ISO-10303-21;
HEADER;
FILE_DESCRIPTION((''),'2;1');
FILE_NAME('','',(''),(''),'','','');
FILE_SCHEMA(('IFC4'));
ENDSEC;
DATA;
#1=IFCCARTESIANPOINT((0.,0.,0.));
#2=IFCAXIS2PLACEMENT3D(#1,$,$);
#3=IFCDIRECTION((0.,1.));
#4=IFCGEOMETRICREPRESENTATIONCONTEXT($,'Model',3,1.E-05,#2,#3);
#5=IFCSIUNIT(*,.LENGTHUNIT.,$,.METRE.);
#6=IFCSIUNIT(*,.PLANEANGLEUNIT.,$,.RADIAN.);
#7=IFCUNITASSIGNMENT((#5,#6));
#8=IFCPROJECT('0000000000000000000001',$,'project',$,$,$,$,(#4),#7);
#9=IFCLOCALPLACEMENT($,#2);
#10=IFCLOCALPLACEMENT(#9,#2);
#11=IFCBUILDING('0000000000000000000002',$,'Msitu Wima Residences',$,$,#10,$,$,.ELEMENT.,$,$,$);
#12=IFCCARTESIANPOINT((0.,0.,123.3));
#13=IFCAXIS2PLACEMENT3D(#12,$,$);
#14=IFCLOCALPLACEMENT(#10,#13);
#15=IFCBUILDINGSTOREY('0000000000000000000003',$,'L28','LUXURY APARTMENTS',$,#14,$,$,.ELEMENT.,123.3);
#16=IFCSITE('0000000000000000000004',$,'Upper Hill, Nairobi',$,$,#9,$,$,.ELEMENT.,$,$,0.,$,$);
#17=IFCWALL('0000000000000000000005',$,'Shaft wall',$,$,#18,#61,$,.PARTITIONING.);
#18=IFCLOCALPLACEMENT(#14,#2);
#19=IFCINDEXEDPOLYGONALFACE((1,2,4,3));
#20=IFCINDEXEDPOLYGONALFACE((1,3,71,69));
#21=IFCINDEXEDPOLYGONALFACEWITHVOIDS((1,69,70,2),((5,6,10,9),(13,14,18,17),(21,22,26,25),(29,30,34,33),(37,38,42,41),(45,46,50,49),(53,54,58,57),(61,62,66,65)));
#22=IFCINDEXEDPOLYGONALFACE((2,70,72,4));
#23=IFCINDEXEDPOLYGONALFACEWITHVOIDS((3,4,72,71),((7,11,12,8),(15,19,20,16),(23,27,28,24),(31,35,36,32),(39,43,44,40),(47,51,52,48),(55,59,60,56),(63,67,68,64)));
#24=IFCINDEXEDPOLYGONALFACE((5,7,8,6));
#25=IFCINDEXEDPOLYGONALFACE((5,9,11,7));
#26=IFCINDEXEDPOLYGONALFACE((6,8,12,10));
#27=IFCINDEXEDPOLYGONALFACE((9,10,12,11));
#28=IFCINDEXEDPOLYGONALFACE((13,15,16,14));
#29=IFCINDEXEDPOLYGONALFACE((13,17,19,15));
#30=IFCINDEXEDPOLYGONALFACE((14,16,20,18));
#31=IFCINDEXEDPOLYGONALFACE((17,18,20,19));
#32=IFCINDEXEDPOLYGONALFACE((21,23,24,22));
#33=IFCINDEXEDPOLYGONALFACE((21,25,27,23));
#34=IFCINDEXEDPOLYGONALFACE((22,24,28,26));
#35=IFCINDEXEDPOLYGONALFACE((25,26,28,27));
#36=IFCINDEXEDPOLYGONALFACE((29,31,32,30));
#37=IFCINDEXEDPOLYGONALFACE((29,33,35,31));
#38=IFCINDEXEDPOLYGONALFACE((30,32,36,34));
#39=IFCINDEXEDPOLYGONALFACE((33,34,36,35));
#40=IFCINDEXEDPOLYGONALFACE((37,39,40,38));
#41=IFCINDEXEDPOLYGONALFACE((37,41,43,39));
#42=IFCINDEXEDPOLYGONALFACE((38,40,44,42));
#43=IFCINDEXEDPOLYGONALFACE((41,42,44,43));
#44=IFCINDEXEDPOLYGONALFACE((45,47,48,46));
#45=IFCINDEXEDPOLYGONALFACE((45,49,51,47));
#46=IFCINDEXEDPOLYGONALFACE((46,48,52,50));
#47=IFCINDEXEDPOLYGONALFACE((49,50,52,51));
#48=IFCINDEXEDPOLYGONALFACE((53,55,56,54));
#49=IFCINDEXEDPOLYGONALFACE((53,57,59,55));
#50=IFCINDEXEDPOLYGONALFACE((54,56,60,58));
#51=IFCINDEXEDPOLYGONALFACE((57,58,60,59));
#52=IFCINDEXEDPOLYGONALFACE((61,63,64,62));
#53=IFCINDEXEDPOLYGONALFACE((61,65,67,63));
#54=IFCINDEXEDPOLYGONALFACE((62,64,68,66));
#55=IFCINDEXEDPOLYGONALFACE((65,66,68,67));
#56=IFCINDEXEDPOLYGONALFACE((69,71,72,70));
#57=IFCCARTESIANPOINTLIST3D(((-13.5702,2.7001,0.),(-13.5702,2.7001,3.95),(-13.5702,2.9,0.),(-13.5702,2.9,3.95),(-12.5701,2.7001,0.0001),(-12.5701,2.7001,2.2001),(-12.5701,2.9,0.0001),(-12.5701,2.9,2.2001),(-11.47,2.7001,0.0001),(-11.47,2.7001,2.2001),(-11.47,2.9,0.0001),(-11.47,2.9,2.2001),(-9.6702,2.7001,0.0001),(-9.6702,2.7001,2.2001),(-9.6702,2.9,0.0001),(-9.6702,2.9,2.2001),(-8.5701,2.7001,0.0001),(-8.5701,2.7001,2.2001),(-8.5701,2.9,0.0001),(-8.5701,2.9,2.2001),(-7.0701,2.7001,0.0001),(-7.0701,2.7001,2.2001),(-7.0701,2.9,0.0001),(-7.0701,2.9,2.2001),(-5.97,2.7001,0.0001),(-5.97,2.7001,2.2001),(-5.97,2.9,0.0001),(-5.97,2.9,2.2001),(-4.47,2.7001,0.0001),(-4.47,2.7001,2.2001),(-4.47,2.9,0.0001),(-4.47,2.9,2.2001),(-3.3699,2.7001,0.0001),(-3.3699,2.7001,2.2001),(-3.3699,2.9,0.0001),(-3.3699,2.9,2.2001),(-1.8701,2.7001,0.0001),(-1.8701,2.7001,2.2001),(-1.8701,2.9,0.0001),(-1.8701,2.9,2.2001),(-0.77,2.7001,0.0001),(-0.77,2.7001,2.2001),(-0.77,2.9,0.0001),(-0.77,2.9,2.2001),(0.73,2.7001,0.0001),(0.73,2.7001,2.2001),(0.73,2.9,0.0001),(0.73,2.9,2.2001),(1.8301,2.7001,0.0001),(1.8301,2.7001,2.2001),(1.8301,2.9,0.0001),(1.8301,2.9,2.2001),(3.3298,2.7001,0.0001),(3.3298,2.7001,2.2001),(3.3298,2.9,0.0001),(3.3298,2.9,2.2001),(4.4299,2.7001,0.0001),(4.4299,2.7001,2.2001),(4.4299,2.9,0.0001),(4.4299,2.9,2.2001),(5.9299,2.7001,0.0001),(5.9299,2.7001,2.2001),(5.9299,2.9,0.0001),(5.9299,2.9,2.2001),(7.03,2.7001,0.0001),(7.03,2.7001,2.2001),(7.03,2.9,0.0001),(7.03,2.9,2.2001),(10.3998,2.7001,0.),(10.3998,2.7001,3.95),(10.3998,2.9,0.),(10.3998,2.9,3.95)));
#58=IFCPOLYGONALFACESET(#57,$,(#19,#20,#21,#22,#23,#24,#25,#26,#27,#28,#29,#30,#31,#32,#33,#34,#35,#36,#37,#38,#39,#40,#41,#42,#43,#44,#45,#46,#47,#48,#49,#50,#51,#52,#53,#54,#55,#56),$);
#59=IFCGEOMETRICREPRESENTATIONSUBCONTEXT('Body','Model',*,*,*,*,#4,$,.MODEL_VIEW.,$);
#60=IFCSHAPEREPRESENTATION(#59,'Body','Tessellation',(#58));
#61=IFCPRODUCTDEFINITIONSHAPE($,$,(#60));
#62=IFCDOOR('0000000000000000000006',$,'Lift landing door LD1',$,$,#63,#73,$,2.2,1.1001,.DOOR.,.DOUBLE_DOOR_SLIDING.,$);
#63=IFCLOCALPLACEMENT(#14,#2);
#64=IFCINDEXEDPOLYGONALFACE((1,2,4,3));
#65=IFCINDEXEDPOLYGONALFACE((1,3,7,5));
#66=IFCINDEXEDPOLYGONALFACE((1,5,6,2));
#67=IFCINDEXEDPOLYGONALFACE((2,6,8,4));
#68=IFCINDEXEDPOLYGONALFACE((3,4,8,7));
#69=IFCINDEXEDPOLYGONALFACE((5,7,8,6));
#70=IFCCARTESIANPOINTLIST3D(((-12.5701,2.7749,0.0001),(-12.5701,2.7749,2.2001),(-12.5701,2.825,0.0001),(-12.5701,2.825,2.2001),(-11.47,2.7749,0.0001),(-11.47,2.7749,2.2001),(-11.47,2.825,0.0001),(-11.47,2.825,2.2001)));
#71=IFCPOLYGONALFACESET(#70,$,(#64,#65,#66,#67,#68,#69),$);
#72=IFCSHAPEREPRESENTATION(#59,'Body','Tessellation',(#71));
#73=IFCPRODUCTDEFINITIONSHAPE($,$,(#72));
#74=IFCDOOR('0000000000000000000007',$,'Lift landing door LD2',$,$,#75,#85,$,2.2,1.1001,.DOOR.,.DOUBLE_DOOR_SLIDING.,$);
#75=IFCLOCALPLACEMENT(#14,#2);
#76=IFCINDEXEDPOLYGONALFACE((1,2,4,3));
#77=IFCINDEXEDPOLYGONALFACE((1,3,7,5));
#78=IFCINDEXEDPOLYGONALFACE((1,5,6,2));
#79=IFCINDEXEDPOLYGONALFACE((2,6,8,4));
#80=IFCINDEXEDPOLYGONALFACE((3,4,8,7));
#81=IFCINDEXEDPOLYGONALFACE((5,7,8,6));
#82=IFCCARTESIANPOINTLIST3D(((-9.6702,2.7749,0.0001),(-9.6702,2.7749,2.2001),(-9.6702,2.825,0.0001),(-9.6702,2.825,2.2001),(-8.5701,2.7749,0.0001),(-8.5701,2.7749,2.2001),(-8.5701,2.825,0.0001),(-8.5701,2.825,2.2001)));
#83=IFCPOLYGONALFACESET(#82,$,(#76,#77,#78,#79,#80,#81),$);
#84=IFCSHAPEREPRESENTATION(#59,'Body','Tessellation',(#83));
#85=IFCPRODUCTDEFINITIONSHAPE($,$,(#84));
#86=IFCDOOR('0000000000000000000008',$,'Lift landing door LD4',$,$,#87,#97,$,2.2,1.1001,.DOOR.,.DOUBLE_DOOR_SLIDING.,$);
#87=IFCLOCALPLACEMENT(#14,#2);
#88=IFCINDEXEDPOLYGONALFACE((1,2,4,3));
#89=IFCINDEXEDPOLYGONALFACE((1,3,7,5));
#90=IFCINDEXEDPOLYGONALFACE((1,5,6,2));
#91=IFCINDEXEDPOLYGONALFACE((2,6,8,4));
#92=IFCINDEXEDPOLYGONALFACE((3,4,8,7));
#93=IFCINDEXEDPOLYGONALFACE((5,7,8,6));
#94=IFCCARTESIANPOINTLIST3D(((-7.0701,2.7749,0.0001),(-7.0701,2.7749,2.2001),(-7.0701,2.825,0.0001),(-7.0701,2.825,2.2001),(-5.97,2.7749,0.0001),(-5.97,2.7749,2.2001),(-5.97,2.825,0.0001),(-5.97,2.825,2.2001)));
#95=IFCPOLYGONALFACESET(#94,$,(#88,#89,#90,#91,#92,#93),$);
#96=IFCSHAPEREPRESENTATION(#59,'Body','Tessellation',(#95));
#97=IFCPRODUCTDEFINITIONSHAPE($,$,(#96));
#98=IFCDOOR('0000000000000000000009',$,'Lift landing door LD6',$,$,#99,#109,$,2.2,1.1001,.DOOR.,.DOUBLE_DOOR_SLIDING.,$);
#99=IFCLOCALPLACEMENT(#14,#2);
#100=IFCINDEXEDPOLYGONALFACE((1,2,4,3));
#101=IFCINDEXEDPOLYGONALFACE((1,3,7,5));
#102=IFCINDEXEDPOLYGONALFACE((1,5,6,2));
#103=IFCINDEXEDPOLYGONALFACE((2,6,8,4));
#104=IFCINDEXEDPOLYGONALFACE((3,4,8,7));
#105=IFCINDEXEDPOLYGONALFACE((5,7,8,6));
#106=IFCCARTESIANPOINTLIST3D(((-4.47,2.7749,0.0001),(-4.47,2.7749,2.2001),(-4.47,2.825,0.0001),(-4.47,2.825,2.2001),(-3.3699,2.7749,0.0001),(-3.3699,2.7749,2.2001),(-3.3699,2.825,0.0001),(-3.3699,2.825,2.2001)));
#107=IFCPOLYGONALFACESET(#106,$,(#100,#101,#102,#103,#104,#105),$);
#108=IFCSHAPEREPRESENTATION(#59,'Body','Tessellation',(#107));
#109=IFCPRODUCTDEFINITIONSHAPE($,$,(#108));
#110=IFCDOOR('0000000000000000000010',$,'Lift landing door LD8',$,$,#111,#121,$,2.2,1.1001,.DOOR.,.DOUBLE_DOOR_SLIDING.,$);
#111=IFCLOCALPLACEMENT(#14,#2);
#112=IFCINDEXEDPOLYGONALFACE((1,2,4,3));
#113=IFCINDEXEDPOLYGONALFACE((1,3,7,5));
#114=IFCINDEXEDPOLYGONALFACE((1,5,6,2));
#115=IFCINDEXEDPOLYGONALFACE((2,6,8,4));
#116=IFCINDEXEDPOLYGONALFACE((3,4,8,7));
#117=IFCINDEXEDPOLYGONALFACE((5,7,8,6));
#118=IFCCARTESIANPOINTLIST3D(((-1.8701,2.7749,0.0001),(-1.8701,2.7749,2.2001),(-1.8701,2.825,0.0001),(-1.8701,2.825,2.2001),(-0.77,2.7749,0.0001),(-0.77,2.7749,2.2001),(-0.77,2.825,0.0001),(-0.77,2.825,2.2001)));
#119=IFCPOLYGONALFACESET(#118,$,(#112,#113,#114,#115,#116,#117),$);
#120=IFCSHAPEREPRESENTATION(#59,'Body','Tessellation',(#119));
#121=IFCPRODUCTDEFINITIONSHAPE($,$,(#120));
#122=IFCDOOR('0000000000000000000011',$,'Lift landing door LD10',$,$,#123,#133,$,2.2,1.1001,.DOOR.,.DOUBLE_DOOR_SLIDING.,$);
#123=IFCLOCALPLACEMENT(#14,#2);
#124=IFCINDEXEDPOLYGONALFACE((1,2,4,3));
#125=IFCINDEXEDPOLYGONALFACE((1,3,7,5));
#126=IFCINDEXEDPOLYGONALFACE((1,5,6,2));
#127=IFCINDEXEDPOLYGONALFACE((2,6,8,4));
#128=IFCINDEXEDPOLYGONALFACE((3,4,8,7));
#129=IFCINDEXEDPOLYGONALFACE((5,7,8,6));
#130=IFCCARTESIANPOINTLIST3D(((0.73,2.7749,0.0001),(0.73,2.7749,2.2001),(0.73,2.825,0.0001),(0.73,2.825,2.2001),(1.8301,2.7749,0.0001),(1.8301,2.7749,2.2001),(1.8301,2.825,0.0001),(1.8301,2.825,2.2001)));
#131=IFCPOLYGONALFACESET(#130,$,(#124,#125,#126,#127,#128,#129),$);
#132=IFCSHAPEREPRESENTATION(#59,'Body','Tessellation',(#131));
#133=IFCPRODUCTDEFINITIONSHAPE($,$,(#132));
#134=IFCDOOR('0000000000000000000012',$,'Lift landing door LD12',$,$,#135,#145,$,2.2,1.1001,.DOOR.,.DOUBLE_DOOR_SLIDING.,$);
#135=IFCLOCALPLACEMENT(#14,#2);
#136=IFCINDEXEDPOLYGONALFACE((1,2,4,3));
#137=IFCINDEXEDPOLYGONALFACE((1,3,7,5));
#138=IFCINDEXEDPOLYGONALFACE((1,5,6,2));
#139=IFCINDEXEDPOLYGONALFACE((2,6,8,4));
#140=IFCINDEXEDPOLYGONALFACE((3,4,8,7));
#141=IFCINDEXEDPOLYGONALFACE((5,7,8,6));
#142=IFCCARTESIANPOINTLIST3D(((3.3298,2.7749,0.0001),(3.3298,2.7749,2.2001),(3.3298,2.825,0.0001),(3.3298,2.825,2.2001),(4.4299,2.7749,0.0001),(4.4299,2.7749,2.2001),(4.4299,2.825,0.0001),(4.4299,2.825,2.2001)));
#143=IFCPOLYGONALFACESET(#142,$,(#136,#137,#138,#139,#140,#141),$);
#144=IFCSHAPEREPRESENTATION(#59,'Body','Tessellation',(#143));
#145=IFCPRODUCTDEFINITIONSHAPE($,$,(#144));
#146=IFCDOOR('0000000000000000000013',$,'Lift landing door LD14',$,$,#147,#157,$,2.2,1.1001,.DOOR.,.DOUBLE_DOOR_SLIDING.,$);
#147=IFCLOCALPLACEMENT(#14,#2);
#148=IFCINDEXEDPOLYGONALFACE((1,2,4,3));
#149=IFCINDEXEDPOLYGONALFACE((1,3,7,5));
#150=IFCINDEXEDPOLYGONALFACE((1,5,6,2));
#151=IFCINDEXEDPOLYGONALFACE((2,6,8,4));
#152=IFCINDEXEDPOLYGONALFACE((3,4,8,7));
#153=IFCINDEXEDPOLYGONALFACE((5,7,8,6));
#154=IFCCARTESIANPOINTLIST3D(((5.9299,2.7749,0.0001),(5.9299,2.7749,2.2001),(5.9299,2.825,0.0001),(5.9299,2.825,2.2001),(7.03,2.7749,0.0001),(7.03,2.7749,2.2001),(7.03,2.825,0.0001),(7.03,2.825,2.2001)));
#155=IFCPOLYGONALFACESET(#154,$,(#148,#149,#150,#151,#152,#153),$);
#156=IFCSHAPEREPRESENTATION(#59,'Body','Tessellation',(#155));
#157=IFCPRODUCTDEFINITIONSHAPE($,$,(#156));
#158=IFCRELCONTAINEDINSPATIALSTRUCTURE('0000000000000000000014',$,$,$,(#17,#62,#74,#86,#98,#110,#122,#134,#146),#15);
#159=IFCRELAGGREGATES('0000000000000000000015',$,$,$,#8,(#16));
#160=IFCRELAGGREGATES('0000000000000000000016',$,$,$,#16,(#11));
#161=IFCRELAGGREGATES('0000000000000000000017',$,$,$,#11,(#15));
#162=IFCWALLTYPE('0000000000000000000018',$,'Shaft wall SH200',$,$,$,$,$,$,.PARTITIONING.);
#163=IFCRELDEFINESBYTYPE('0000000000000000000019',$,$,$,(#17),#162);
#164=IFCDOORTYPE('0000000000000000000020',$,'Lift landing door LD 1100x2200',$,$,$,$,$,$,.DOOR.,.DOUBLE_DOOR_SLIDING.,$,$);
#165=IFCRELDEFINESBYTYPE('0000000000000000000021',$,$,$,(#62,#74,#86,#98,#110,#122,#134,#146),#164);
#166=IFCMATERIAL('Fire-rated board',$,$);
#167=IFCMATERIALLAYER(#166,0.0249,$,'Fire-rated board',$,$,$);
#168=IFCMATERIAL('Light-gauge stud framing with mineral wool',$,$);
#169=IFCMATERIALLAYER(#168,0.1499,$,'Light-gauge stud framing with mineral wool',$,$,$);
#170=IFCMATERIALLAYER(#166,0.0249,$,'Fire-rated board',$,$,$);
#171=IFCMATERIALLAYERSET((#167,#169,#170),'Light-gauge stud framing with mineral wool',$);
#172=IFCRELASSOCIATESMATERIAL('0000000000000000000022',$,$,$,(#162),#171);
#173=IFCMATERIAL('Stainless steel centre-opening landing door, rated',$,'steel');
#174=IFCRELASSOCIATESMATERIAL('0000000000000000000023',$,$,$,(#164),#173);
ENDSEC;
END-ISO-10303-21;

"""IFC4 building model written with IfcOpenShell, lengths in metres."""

from ifc_helpers import new_model, si_unit, direction, frame, frame_2d, origin, place, context, subcontext, project, spatial, rectangle, extrude, material, layer, layer_set, type_object, element, fill, save


model = new_model("IFC4")

# Units and contexts
model_context = context("Model", 3, precision=1e-05, world=origin(), true_north=direction((0.0, 1.0)))
body_context = subcontext(model_context, "Body", "Model", "MODEL_VIEW")
ifc_project = project(units=[si_unit("LENGTHUNIT", "METRE"), si_unit("PLANEANGLEUNIT", "RADIAN")], contexts=[model_context])

# Site, building, storey
site_placement = place(None, origin())
site = spatial("IfcSite", under=ifc_project, at=site_placement, Name="Upper Hill, Nairobi", CompositionType="ELEMENT", RefElevation=0.0)
building_placement = place(site_placement, origin())
building = spatial("IfcBuilding", under=site, at=building_placement, Name="Msitu Wima Residences", CompositionType="ELEMENT")
storey_placement = place(building_placement, frame((0.0, 0.0, 123.3)))
storey = spatial("IfcBuildingStorey", under=building, at=storey_placement, Name="L28", Description="LUXURY APARTMENTS", CompositionType="ELEMENT", Elevation=123.3)

# Shared definitions
ifc_material_1 = material(Name="Fire-rated board")
ifc_layer_1 = layer(ifc_material_1, 0.0249, Name="Fire-rated board")
ifc_material_2 = material(Name="Light-gauge stud framing with mineral wool")
ifc_layer_2 = layer(ifc_material_2, 0.1499, Name="Light-gauge stud framing with mineral wool")
ifc_layer_3 = layer(ifc_material_1, 0.0249, Name="Fire-rated board")
ifc_layer_set_1 = layer_set([ifc_layer_1, ifc_layer_2, ifc_layer_3], Name="Light-gauge stud framing with mineral wool")
wall_type_1 = type_object("IfcWallType", Name="Shaft wall SH200", PredefinedType="PARTITIONING", material=ifc_layer_set_1)

# Wall, openings, doors
wall_1_placement = place(storey_placement, frame((-13.5701, 2.8, 0.0), z_axis=(0.0, 0.0, 1.0), x_axis=(1.0, 0.0, 0.0)))
wall_1 = element("IfcWall", 1, at=wall_1_placement, inside=storey, type_object=wall_type_1, Name="Shaft wall", PredefinedType="PARTITIONING", context=body_context, shape_type="SweptSolid", body=[
    extrude(rectangle(XDim=23.97, YDim=0.2, at=frame_2d((11.9849, 0.0))), origin(), (0.0, 0.0, 1.0), 3.95),
])
opening_1_placement = place(wall_1_placement, frame((1.0, 0.0, 0.0)))
opening_1 = element("IfcOpeningElement", 2, at=opening_1_placement, cuts=wall_1, PredefinedType="OPENING", context=body_context, shape_type="SweptSolid", body=[
    extrude(rectangle(XDim=1.1001, YDim=2.2, at=frame_2d((0.55, 1.1001))), frame((0.0, 0.1099, 0.0), z_axis=(0.0, -1.0, 0.0), x_axis=(1.0, 0.0, 0.0)), (0.0, 0.0, 1.0), 0.22),
])
opening_2_placement = place(wall_1_placement, frame((3.8999, 0.0, 0.0)))
opening_2 = element("IfcOpeningElement", 3, at=opening_2_placement, cuts=wall_1, PredefinedType="OPENING", context=body_context, shape_type="SweptSolid", body=[
    extrude(rectangle(XDim=1.1001, YDim=2.2, at=frame_2d((0.55, 1.1001))), frame((0.0, 0.1099, 0.0), z_axis=(0.0, -1.0, 0.0), x_axis=(1.0, 0.0, 0.0)), (0.0, 0.0, 1.0), 0.22),
])
opening_3_placement = place(wall_1_placement, frame((6.5, 0.0, 0.0)))
opening_3 = element("IfcOpeningElement", 4, at=opening_3_placement, cuts=wall_1, PredefinedType="OPENING", context=body_context, shape_type="SweptSolid", body=[
    extrude(rectangle(XDim=1.1001, YDim=2.2, at=frame_2d((0.55, 1.1001))), frame((0.0, 0.1099, 0.0), z_axis=(0.0, -1.0, 0.0), x_axis=(1.0, 0.0, 0.0)), (0.0, 0.0, 1.0), 0.22),
])
opening_4_placement = place(wall_1_placement, frame((9.1001, 0.0, 0.0)))
opening_4 = element("IfcOpeningElement", 5, at=opening_4_placement, cuts=wall_1, PredefinedType="OPENING", context=body_context, shape_type="SweptSolid", body=[
    extrude(rectangle(XDim=1.1001, YDim=2.2, at=frame_2d((0.55, 1.1001))), frame((0.0, 0.1099, 0.0), z_axis=(0.0, -1.0, 0.0), x_axis=(1.0, 0.0, 0.0)), (0.0, 0.0, 1.0), 0.22),
])
opening_5_placement = place(wall_1_placement, frame((11.7, 0.0, 0.0)))
opening_5 = element("IfcOpeningElement", 6, at=opening_5_placement, cuts=wall_1, PredefinedType="OPENING", context=body_context, shape_type="SweptSolid", body=[
    extrude(rectangle(XDim=1.1001, YDim=2.2, at=frame_2d((0.55, 1.1001))), frame((0.0, 0.1099, 0.0), z_axis=(0.0, -1.0, 0.0), x_axis=(1.0, 0.0, 0.0)), (0.0, 0.0, 1.0), 0.22),
])
opening_6_placement = place(wall_1_placement, frame((14.3, 0.0, 0.0)))
opening_6 = element("IfcOpeningElement", 7, at=opening_6_placement, cuts=wall_1, PredefinedType="OPENING", context=body_context, shape_type="SweptSolid", body=[
    extrude(rectangle(XDim=1.1001, YDim=2.2, at=frame_2d((0.55, 1.1001))), frame((0.0, 0.1099, 0.0), z_axis=(0.0, -1.0, 0.0), x_axis=(1.0, 0.0, 0.0)), (0.0, 0.0, 1.0), 0.22),
])
opening_7_placement = place(wall_1_placement, frame((16.8999, 0.0, 0.0)))
opening_7 = element("IfcOpeningElement", 8, at=opening_7_placement, cuts=wall_1, PredefinedType="OPENING", context=body_context, shape_type="SweptSolid", body=[
    extrude(rectangle(XDim=1.1001, YDim=2.2, at=frame_2d((0.55, 1.1001))), frame((0.0, 0.1099, 0.0), z_axis=(0.0, -1.0, 0.0), x_axis=(1.0, 0.0, 0.0)), (0.0, 0.0, 1.0), 0.22),
])
opening_8_placement = place(wall_1_placement, frame((19.5, 0.0, 0.0)))
opening_8 = element("IfcOpeningElement", 9, at=opening_8_placement, cuts=wall_1, PredefinedType="OPENING", context=body_context, shape_type="SweptSolid", body=[
    extrude(rectangle(XDim=1.1001, YDim=2.2, at=frame_2d((0.55, 1.1001))), frame((0.0, 0.1099, 0.0), z_axis=(0.0, -1.0, 0.0), x_axis=(1.0, 0.0, 0.0)), (0.0, 0.0, 1.0), 0.22),
])
ifc_material_3 = material(Name="Stainless steel centre-opening landing door, rated", Category="steel")
door_type_1 = type_object("IfcDoorType", Name="Lift landing door LD 1100x2200", OperationType="DOUBLE_DOOR_SLIDING", PredefinedType="DOOR", material=ifc_material_3)
door_1_placement = place(opening_1_placement, origin())
door_1 = element("IfcDoor", 10, at=door_1_placement, inside=storey, type_object=door_type_1, Name="Lift landing door LD1", OperationType="DOUBLE_DOOR_SLIDING", OverallHeight=2.2, OverallWidth=1.1001, PredefinedType="DOOR", context=body_context, shape_type="SweptSolid", body=[
    extrude(rectangle(XDim=1.1001, YDim=2.2, at=frame_2d((0.55, 1.1001))), frame((0.0, 0.0249, 0.0), z_axis=(0.0, -1.0, 0.0), x_axis=(1.0, 0.0, 0.0)), (0.0, 0.0, 1.0), 0.05),
])
fill(opening_1, door_1)
door_2_placement = place(opening_2_placement, origin())
door_2 = element("IfcDoor", 11, at=door_2_placement, inside=storey, type_object=door_type_1, Name="Lift landing door LD2", OperationType="DOUBLE_DOOR_SLIDING", OverallHeight=2.2, OverallWidth=1.1001, PredefinedType="DOOR", context=body_context, shape_type="SweptSolid", body=[
    extrude(rectangle(XDim=1.1001, YDim=2.2, at=frame_2d((0.55, 1.1001))), frame((0.0, 0.0249, 0.0), z_axis=(0.0, -1.0, 0.0), x_axis=(1.0, 0.0, 0.0)), (0.0, 0.0, 1.0), 0.05),
])
fill(opening_2, door_2)
door_3_placement = place(opening_3_placement, origin())
door_3 = element("IfcDoor", 12, at=door_3_placement, inside=storey, type_object=door_type_1, Name="Lift landing door LD4", OperationType="DOUBLE_DOOR_SLIDING", OverallHeight=2.2, OverallWidth=1.1001, PredefinedType="DOOR", context=body_context, shape_type="SweptSolid", body=[
    extrude(rectangle(XDim=1.1001, YDim=2.2, at=frame_2d((0.55, 1.1001))), frame((0.0, 0.0249, 0.0), z_axis=(0.0, -1.0, 0.0), x_axis=(1.0, 0.0, 0.0)), (0.0, 0.0, 1.0), 0.05),
])
fill(opening_3, door_3)
door_4_placement = place(opening_4_placement, origin())
door_4 = element("IfcDoor", 13, at=door_4_placement, inside=storey, type_object=door_type_1, Name="Lift landing door LD6", OperationType="DOUBLE_DOOR_SLIDING", OverallHeight=2.2, OverallWidth=1.1001, PredefinedType="DOOR", context=body_context, shape_type="SweptSolid", body=[
    extrude(rectangle(XDim=1.1001, YDim=2.2, at=frame_2d((0.55, 1.1001))), frame((0.0, 0.0249, 0.0), z_axis=(0.0, -1.0, 0.0), x_axis=(1.0, 0.0, 0.0)), (0.0, 0.0, 1.0), 0.05),
])
fill(opening_4, door_4)
door_5_placement = place(opening_5_placement, origin())
door_5 = element("IfcDoor", 14, at=door_5_placement, inside=storey, type_object=door_type_1, Name="Lift landing door LD8", OperationType="DOUBLE_DOOR_SLIDING", OverallHeight=2.2, OverallWidth=1.1001, PredefinedType="DOOR", context=body_context, shape_type="SweptSolid", body=[
    extrude(rectangle(XDim=1.1001, YDim=2.2, at=frame_2d((0.55, 1.1001))), frame((0.0, 0.0249, 0.0), z_axis=(0.0, -1.0, 0.0), x_axis=(1.0, 0.0, 0.0)), (0.0, 0.0, 1.0), 0.05),
])
fill(opening_5, door_5)
door_6_placement = place(opening_6_placement, origin())
door_6 = element("IfcDoor", 15, at=door_6_placement, inside=storey, type_object=door_type_1, Name="Lift landing door LD10", OperationType="DOUBLE_DOOR_SLIDING", OverallHeight=2.2, OverallWidth=1.1001, PredefinedType="DOOR", context=body_context, shape_type="SweptSolid", body=[
    extrude(rectangle(XDim=1.1001, YDim=2.2, at=frame_2d((0.55, 1.1001))), frame((0.0, 0.0249, 0.0), z_axis=(0.0, -1.0, 0.0), x_axis=(1.0, 0.0, 0.0)), (0.0, 0.0, 1.0), 0.05),
])
fill(opening_6, door_6)
door_7_placement = place(opening_7_placement, origin())
door_7 = element("IfcDoor", 16, at=door_7_placement, inside=storey, type_object=door_type_1, Name="Lift landing door LD12", OperationType="DOUBLE_DOOR_SLIDING", OverallHeight=2.2, OverallWidth=1.1001, PredefinedType="DOOR", context=body_context, shape_type="SweptSolid", body=[
    extrude(rectangle(XDim=1.1001, YDim=2.2, at=frame_2d((0.55, 1.1001))), frame((0.0, 0.0249, 0.0), z_axis=(0.0, -1.0, 0.0), x_axis=(1.0, 0.0, 0.0)), (0.0, 0.0, 1.0), 0.05),
])
fill(opening_7, door_7)
door_8_placement = place(opening_8_placement, origin())
door_8 = element("IfcDoor", 17, at=door_8_placement, inside=storey, type_object=door_type_1, Name="Lift landing door LD14", OperationType="DOUBLE_DOOR_SLIDING", OverallHeight=2.2, OverallWidth=1.1001, PredefinedType="DOOR", context=body_context, shape_type="SweptSolid", body=[
    extrude(rectangle(XDim=1.1001, YDim=2.2, at=frame_2d((0.55, 1.1001))), frame((0.0, 0.0249, 0.0), z_axis=(0.0, -1.0, 0.0), x_axis=(1.0, 0.0, 0.0)), (0.0, 0.0, 1.0), 0.05),
])
fill(opening_8, door_8)

save(model, "model.ifc")
